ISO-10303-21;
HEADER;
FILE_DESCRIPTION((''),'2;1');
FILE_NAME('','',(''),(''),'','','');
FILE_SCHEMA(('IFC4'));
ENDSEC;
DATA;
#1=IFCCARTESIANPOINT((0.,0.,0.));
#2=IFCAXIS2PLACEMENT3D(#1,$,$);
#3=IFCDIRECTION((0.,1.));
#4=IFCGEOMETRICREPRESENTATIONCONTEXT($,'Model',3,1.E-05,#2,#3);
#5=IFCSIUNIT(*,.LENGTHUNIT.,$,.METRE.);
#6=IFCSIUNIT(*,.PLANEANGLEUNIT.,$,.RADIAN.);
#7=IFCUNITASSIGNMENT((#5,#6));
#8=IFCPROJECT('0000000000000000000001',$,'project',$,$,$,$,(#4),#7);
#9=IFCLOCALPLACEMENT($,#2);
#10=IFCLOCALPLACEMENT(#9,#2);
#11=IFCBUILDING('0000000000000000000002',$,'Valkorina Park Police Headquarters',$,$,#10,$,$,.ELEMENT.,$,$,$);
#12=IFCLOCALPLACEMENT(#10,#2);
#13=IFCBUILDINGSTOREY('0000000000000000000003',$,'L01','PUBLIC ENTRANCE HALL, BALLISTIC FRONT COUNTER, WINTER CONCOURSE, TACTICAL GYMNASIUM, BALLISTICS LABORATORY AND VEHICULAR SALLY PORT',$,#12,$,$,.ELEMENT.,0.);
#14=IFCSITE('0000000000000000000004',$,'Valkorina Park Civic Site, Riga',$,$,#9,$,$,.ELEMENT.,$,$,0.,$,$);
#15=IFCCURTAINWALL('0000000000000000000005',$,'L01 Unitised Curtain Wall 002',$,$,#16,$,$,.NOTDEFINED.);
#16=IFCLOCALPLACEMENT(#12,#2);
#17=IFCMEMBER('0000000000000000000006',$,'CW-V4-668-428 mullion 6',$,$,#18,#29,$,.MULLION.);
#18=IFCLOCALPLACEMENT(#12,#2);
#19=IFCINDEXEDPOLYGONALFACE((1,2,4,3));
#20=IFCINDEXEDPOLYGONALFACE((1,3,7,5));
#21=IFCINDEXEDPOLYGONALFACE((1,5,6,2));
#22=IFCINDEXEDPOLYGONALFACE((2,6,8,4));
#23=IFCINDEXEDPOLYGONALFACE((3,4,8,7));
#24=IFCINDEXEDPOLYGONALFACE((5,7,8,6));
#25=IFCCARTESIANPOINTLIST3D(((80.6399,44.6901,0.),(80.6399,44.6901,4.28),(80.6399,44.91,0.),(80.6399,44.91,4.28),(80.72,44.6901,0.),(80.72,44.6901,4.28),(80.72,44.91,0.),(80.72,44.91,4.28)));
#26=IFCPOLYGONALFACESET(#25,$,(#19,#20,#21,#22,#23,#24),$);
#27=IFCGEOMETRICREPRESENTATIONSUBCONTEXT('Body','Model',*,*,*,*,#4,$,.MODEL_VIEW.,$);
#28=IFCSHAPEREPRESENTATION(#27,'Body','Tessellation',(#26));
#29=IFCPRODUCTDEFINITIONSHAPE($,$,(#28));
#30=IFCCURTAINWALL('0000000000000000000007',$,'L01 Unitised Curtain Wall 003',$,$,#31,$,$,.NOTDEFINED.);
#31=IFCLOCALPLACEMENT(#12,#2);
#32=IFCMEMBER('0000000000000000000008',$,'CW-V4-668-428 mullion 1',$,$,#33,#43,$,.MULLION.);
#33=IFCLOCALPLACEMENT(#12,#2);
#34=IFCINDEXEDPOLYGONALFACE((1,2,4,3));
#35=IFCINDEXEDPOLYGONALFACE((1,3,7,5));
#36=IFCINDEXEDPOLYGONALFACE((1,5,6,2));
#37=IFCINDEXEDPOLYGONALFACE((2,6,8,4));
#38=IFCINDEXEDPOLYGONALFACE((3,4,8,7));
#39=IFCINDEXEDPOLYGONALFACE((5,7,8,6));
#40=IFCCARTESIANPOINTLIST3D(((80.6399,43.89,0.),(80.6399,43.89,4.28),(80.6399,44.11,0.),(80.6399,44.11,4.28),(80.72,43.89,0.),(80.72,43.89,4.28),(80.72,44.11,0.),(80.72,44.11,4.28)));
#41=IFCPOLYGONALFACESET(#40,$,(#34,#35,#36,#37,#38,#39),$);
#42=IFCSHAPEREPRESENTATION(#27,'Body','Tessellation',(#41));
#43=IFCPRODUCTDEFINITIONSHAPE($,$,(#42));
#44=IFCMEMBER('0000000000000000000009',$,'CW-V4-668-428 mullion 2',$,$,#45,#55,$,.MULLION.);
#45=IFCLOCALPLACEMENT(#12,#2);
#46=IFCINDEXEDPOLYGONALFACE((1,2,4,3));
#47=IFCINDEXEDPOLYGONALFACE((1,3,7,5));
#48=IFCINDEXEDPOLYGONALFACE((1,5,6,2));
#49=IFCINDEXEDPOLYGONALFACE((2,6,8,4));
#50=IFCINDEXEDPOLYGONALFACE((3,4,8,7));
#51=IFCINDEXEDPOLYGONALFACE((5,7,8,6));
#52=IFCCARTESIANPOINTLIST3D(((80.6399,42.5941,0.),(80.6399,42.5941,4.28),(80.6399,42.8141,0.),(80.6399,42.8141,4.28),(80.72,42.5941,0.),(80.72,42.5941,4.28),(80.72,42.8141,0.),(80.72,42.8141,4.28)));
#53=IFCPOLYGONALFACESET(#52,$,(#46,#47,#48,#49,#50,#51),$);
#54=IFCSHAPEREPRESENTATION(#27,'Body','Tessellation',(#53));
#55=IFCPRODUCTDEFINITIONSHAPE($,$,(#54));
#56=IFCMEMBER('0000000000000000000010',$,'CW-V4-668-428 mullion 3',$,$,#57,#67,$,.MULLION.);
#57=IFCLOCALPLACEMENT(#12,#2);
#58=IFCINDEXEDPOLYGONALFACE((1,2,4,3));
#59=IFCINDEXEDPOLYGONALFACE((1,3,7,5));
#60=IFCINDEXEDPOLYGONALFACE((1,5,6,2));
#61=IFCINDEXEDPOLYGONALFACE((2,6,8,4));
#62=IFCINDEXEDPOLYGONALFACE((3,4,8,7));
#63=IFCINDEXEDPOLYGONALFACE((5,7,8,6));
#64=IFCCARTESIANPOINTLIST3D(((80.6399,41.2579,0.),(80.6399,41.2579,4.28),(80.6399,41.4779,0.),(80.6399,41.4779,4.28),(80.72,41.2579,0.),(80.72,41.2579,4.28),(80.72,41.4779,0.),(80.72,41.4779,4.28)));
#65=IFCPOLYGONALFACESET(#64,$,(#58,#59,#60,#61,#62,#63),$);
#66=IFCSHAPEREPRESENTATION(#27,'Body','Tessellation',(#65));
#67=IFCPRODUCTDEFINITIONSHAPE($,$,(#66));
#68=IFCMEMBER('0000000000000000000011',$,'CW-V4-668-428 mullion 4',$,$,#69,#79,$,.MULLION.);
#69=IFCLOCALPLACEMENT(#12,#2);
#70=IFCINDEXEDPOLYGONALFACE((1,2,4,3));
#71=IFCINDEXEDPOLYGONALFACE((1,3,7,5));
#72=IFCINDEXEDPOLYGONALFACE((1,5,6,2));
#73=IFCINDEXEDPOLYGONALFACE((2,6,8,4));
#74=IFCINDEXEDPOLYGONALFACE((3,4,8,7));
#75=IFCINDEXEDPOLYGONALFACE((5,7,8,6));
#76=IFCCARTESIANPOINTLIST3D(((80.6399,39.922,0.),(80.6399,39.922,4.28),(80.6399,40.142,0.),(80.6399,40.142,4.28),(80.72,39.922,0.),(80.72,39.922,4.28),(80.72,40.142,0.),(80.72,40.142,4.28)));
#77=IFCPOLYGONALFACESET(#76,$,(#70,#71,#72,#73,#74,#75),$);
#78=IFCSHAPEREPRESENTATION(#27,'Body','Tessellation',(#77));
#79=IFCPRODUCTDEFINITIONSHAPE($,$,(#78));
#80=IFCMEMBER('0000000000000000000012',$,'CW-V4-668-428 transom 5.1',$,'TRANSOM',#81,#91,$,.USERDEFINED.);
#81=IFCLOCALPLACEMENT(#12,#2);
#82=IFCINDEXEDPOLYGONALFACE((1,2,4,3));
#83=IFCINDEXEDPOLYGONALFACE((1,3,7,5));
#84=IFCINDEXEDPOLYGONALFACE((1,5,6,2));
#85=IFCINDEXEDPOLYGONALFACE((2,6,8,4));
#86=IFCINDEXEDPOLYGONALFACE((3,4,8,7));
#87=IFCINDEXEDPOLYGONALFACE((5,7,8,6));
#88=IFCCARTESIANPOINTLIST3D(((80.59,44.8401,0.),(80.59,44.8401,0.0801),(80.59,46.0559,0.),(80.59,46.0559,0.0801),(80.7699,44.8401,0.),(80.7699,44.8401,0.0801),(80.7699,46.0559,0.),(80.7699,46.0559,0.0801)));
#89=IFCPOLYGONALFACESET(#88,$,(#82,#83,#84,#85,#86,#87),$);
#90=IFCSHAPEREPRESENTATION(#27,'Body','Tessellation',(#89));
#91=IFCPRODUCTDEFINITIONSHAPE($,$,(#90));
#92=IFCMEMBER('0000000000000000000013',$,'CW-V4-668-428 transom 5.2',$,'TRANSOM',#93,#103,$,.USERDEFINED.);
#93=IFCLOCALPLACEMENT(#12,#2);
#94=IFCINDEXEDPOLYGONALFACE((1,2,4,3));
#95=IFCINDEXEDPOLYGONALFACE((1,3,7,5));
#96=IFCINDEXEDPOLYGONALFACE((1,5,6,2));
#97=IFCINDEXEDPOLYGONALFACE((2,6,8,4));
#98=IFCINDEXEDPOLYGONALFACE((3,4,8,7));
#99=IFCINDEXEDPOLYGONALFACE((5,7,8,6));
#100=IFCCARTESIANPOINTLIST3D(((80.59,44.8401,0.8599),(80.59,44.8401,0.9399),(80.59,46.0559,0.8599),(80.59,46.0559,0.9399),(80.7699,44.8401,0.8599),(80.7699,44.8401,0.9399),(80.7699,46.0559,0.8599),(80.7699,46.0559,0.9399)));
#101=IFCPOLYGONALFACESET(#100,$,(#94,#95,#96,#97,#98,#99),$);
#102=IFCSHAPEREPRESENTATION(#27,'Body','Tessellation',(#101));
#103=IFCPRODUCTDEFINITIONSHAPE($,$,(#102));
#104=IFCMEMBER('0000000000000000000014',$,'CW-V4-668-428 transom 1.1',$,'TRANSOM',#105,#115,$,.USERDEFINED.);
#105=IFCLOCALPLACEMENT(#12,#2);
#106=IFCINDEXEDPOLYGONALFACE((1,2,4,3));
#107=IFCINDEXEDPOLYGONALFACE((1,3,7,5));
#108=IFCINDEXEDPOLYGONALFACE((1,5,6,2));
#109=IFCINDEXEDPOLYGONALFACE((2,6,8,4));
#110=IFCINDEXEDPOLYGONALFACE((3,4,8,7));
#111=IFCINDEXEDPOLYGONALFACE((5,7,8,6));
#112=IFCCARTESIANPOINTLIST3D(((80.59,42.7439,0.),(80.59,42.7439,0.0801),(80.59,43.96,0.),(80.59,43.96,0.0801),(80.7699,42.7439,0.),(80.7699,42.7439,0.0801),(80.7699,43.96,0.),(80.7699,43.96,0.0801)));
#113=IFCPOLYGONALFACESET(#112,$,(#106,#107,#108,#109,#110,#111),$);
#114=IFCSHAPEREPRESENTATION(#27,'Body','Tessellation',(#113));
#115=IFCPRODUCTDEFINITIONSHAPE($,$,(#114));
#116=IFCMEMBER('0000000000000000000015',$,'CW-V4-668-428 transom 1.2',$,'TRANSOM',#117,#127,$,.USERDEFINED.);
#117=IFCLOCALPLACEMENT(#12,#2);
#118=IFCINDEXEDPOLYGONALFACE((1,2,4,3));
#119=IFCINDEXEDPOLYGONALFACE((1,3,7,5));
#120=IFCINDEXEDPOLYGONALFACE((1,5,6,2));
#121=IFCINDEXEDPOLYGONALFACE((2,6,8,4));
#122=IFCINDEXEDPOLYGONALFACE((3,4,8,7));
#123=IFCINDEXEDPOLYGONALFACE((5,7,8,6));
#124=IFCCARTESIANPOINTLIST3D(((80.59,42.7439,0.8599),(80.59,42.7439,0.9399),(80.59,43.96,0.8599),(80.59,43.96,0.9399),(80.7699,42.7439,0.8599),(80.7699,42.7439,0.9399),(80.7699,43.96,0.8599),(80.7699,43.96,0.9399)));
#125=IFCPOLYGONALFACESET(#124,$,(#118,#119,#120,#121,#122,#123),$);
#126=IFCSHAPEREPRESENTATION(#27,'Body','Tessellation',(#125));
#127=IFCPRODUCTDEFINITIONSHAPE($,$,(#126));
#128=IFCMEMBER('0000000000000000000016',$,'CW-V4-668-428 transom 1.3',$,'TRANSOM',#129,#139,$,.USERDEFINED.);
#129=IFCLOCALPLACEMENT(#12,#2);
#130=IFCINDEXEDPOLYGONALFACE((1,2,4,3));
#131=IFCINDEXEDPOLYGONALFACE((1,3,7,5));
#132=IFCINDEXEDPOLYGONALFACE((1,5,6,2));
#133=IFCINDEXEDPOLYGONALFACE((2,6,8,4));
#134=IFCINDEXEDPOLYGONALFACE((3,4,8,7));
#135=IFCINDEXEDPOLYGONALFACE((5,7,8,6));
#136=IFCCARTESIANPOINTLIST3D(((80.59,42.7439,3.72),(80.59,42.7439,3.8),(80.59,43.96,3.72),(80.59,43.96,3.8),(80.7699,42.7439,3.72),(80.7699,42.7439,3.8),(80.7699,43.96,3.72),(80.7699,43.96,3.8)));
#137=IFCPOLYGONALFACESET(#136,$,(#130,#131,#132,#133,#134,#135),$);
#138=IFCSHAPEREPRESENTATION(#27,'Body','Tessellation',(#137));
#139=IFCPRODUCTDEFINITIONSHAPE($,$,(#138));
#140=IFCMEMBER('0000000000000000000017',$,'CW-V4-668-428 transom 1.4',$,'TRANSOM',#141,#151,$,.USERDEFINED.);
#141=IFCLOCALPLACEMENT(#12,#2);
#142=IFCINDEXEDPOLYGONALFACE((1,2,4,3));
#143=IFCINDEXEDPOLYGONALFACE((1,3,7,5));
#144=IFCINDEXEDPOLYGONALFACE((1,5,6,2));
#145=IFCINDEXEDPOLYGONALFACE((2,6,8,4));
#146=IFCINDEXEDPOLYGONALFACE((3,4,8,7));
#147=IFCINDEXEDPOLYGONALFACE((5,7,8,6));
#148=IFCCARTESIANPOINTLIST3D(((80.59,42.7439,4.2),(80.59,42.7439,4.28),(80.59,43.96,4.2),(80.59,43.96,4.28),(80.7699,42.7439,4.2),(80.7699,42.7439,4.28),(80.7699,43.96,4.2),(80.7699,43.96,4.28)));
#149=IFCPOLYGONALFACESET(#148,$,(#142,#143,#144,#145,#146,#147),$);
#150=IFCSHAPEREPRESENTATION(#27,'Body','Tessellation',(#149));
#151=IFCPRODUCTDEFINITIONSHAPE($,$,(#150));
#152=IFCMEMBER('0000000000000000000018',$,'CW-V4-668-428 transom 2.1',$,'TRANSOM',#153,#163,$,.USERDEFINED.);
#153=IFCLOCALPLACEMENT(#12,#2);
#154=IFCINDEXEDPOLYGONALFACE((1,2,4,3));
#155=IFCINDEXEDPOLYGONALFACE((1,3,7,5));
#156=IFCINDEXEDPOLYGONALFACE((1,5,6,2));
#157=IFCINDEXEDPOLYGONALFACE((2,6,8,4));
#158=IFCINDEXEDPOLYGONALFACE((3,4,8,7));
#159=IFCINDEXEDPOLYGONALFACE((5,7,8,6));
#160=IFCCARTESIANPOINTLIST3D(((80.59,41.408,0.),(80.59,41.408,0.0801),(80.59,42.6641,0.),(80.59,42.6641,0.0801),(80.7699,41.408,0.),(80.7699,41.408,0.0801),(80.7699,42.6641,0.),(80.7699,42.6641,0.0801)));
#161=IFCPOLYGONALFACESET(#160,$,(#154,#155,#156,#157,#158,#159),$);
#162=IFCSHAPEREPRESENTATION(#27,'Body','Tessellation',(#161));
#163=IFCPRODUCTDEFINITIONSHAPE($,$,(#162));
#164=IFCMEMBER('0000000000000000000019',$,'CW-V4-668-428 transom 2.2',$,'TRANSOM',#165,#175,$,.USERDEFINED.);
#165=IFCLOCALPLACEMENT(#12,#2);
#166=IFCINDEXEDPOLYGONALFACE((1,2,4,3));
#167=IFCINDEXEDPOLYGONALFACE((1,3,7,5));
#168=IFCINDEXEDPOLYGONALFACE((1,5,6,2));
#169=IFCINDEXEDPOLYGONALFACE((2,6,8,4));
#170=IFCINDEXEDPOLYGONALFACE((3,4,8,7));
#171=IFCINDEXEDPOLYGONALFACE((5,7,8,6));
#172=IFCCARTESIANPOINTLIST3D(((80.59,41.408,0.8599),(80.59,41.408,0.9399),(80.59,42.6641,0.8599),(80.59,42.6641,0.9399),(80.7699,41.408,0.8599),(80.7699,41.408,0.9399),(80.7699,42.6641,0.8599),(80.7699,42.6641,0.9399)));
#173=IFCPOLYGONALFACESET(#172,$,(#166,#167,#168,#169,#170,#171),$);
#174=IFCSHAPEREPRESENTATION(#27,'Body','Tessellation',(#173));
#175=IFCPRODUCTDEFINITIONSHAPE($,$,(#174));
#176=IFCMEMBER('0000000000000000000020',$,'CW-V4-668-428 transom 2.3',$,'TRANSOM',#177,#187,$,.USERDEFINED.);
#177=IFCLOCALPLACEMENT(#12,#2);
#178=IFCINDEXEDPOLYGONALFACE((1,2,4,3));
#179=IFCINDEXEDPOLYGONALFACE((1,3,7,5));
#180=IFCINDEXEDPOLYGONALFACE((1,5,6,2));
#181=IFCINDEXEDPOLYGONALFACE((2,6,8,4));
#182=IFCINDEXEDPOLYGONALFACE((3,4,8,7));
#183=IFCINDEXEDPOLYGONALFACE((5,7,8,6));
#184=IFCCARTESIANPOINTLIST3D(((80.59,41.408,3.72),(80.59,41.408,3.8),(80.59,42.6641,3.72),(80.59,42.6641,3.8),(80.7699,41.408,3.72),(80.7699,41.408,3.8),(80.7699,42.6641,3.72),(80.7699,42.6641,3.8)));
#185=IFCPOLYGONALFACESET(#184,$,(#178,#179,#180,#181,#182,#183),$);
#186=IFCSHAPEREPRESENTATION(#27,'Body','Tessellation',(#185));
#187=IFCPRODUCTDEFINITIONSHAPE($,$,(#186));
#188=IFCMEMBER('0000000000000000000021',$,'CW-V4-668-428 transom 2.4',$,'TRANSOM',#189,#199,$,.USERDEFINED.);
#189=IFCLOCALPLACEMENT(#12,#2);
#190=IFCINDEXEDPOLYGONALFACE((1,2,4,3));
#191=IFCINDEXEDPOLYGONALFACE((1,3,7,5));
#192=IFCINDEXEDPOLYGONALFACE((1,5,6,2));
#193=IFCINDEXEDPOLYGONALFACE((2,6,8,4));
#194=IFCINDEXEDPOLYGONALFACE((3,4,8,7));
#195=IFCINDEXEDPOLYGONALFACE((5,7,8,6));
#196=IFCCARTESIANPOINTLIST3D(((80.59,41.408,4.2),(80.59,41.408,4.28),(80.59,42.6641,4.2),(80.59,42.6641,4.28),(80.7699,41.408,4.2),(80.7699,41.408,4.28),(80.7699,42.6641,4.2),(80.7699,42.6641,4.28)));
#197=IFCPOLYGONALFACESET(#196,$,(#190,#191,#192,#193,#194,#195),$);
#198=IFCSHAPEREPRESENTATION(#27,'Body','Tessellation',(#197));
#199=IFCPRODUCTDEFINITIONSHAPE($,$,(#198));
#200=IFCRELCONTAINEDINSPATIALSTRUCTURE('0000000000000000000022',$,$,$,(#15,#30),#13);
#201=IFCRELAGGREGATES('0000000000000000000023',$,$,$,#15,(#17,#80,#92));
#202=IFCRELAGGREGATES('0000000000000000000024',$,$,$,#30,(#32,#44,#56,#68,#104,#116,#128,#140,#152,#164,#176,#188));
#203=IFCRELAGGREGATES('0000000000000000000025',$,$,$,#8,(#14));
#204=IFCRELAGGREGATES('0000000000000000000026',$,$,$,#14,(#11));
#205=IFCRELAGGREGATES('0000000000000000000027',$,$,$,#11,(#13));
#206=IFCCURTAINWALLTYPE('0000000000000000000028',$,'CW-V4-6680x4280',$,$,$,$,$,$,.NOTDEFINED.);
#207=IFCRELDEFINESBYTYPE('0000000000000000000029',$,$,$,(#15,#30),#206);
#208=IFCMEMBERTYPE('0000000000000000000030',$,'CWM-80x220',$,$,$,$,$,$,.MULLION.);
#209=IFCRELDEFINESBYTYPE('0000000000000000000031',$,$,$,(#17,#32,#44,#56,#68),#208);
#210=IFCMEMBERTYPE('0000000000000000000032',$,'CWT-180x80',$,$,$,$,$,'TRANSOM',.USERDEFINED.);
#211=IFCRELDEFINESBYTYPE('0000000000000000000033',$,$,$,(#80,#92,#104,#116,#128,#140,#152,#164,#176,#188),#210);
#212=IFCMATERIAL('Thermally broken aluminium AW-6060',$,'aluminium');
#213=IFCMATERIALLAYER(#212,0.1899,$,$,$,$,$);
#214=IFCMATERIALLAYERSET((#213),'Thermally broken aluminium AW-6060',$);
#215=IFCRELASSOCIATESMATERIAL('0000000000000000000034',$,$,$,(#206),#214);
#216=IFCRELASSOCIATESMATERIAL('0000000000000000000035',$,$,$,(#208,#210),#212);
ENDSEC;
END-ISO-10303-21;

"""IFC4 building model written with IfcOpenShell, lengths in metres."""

from ifc_helpers import new_model, si_unit, direction, frame, origin, origin_2d, place, context, subcontext, project, spatial, rectangle, extrude, material, layer, layer_set, material_profile, profile_set, type_object, element, aggregate, save


model = new_model("IFC4")

# Units and contexts
model_context = context("Model", 3, precision=1e-05, world=origin(), true_north=direction((0.0, 1.0)))
body_context = subcontext(model_context, "Body", "Model", "MODEL_VIEW")
ifc_project = project(units=[si_unit("LENGTHUNIT", "METRE"), si_unit("PLANEANGLEUNIT", "RADIAN")], contexts=[model_context])

# Site, building, storey
site_placement = place(None, origin())
site = spatial("IfcSite", under=ifc_project, at=site_placement, Name="Valkorina Park Civic Site, Riga", CompositionType="ELEMENT", RefElevation=0.0)
building_placement = place(site_placement, origin())
building = spatial("IfcBuilding", under=site, at=building_placement, Name="Valkorina Park Police Headquarters", CompositionType="ELEMENT")
storey_placement = place(building_placement, origin())
storey = spatial("IfcBuildingStorey", under=building, at=storey_placement, Name="L01", Description="PUBLIC ENTRANCE HALL, BALLISTIC FRONT COUNTER, WINTER CONCOURSE, TACTICAL GYMNASIUM, BALLISTICS LABORATORY AND VEHICULAR SALLY PORT", CompositionType="ELEMENT", Elevation=0.0)

# Curtain wall, member
ifc_material_1 = material(Name="Thermally broken aluminium AW-6060", Category="aluminium")
ifc_layer_1 = layer(ifc_material_1, 0.1899)
ifc_layer_set_1 = layer_set([ifc_layer_1], Name="Thermally broken aluminium AW-6060")
curtain_wall_type = type_object("IfcCurtainWallType", Name="CW-V4-6680x4280", PredefinedType="NOTDEFINED", material=ifc_layer_set_1)
curtain_wall_1_placement = place(storey_placement, origin())
curtain_wall_1 = element("IfcCurtainWall", 1, at=curtain_wall_1_placement, inside=storey, type_object=curtain_wall_type, Name="L01 Unitised Curtain Wall 002", PredefinedType="NOTDEFINED")
ifc_material_profile_1 = material_profile(ifc_material_1, rectangle(XDim=0.0801, YDim=0.22, at=origin_2d()), Name="CWM-03 80x220")
ifc_profile_set_1 = profile_set([ifc_material_profile_1], Name="Thermally broken aluminium AW-6060")
member_type_1 = type_object("IfcMemberType", Name="CWM-80x220", PredefinedType="MULLION", material=ifc_profile_set_1)
member_1_placement = place(storey_placement, frame((80.6799, 44.8, 0.0), z_axis=(0.0, 0.0, 1.0), x_axis=(1.0, 0.0, 0.0)))
member_1 = element("IfcMember", 2, at=member_1_placement, type_object=member_type_1, Name="CW-V4-668-428 mullion 6", PredefinedType="MULLION", context=body_context, shape_type="SweptSolid", body=[
    extrude(rectangle(XDim=0.0801, YDim=0.22, at=origin_2d()), origin(), (0.0, 0.0, 1.0), 4.28),
])

# Curtain wall, members
curtain_wall_2_placement = place(storey_placement, origin())
curtain_wall_2 = element("IfcCurtainWall", 3, at=curtain_wall_2_placement, inside=storey, type_object=curtain_wall_type, Name="L01 Unitised Curtain Wall 003", PredefinedType="NOTDEFINED")
member_2_placement = place(storey_placement, frame((80.6799, 44.0, 0.0), z_axis=(0.0, 0.0, 1.0), x_axis=(1.0, 0.0, 0.0)))
member_2 = element("IfcMember", 4, at=member_2_placement, type_object=member_type_1, Name="CW-V4-668-428 mullion 1", PredefinedType="MULLION", context=body_context, shape_type="SweptSolid", body=[
    extrude(rectangle(XDim=0.0801, YDim=0.22, at=origin_2d()), origin(), (0.0, 0.0, 1.0), 4.28),
])
member_3_placement = place(storey_placement, frame((80.6799, 42.7041, 0.0), z_axis=(0.0, 0.0, 1.0), x_axis=(1.0, 0.0, 0.0)))
member_3 = element("IfcMember", 5, at=member_3_placement, type_object=member_type_1, Name="CW-V4-668-428 mullion 2", PredefinedType="MULLION", context=body_context, shape_type="SweptSolid", body=[
    extrude(rectangle(XDim=0.0801, YDim=0.22, at=origin_2d()), origin(), (0.0, 0.0, 1.0), 4.28),
])
member_4_placement = place(storey_placement, frame((80.6799, 41.3679, 0.0), z_axis=(0.0, 0.0, 1.0), x_axis=(1.0, 0.0, 0.0)))
member_4 = element("IfcMember", 6, at=member_4_placement, type_object=member_type_1, Name="CW-V4-668-428 mullion 3", PredefinedType="MULLION", context=body_context, shape_type="SweptSolid", body=[
    extrude(rectangle(XDim=0.0801, YDim=0.22, at=origin_2d()), origin(), (0.0, 0.0, 1.0), 4.28),
])
member_5_placement = place(storey_placement, frame((80.6799, 40.032, 0.0), z_axis=(0.0, 0.0, 1.0), x_axis=(1.0, 0.0, 0.0)))
member_5 = element("IfcMember", 7, at=member_5_placement, type_object=member_type_1, Name="CW-V4-668-428 mullion 4", PredefinedType="MULLION", context=body_context, shape_type="SweptSolid", body=[
    extrude(rectangle(XDim=0.0801, YDim=0.22, at=origin_2d()), origin(), (0.0, 0.0, 1.0), 4.28),
])

# Members
ifc_material_profile_2 = material_profile(ifc_material_1, rectangle(XDim=0.1799, YDim=0.0801, at=origin_2d()), Name="CWT-03 180x80")
ifc_profile_set_2 = profile_set([ifc_material_profile_2], Name="Thermally broken aluminium AW-6060")
member_type_2 = type_object("IfcMemberType", Name="CWT-180x80", ElementType="TRANSOM", PredefinedType="USERDEFINED", material=ifc_profile_set_2)
member_6_placement = place(storey_placement, frame((80.6799, 46.0559, 0.04), z_axis=(0.0, -1.0, 0.0), x_axis=(1.0, 0.0, 0.0)))
member_6 = element("IfcMember", 8, at=member_6_placement, type_object=member_type_2, Name="CW-V4-668-428 transom 5.1", ObjectType="TRANSOM", PredefinedType="USERDEFINED", context=body_context, shape_type="SweptSolid", body=[
    extrude(rectangle(XDim=0.1799, YDim=0.0801, at=origin_2d()), origin(), (0.0, 0.0, 1.0), 1.2158),
])
member_7_placement = place(storey_placement, frame((80.6799, 46.0559, 0.8999), z_axis=(0.0, -1.0, 0.0), x_axis=(1.0, 0.0, 0.0)))
member_7 = element("IfcMember", 9, at=member_7_placement, type_object=member_type_2, Name="CW-V4-668-428 transom 5.2", ObjectType="TRANSOM", PredefinedType="USERDEFINED", context=body_context, shape_type="SweptSolid", body=[
    extrude(rectangle(XDim=0.1799, YDim=0.0801, at=origin_2d()), origin(), (0.0, 0.0, 1.0), 1.2158),
])
member_8_placement = place(storey_placement, frame((80.6799, 43.96, 0.04), z_axis=(0.0, -1.0, 0.0), x_axis=(1.0, 0.0, 0.0)))
member_8 = element("IfcMember", 10, at=member_8_placement, type_object=member_type_2, Name="CW-V4-668-428 transom 1.1", ObjectType="TRANSOM", PredefinedType="USERDEFINED", context=body_context, shape_type="SweptSolid", body=[
    extrude(rectangle(XDim=0.1799, YDim=0.0801, at=origin_2d()), origin(), (0.0, 0.0, 1.0), 1.2161),
])
member_9_placement = place(storey_placement, frame((80.6799, 43.96, 0.8999), z_axis=(0.0, -1.0, 0.0), x_axis=(1.0, 0.0, 0.0)))
member_9 = element("IfcMember", 11, at=member_9_placement, type_object=member_type_2, Name="CW-V4-668-428 transom 1.2", ObjectType="TRANSOM", PredefinedType="USERDEFINED", context=body_context, shape_type="SweptSolid", body=[
    extrude(rectangle(XDim=0.1799, YDim=0.0801, at=origin_2d()), origin(), (0.0, 0.0, 1.0), 1.2161),
])
member_10_placement = place(storey_placement, frame((80.6799, 43.96, 3.76), z_axis=(0.0, -1.0, 0.0), x_axis=(1.0, 0.0, 0.0)))
member_10 = element("IfcMember", 12, at=member_10_placement, type_object=member_type_2, Name="CW-V4-668-428 transom 1.3", ObjectType="TRANSOM", PredefinedType="USERDEFINED", context=body_context, shape_type="SweptSolid", body=[
    extrude(rectangle(XDim=0.1799, YDim=0.0801, at=origin_2d()), origin(), (0.0, 0.0, 1.0), 1.2161),
])
member_11_placement = place(storey_placement, frame((80.6799, 43.96, 4.24), z_axis=(0.0, -1.0, 0.0), x_axis=(1.0, 0.0, 0.0)))
member_11 = element("IfcMember", 13, at=member_11_placement, type_object=member_type_2, Name="CW-V4-668-428 transom 1.4", ObjectType="TRANSOM", PredefinedType="USERDEFINED", context=body_context, shape_type="SweptSolid", body=[
    extrude(rectangle(XDim=0.1799, YDim=0.0801, at=origin_2d()), origin(), (0.0, 0.0, 1.0), 1.2161),
])
member_12_placement = place(storey_placement, frame((80.6799, 42.6641, 0.04), z_axis=(0.0, -1.0, 0.0), x_axis=(1.0, 0.0, 0.0)))
member_12 = element("IfcMember", 14, at=member_12_placement, type_object=member_type_2, Name="CW-V4-668-428 transom 2.1", ObjectType="TRANSOM", PredefinedType="USERDEFINED", context=body_context, shape_type="SweptSolid", body=[
    extrude(rectangle(XDim=0.1799, YDim=0.0801, at=origin_2d()), origin(), (0.0, 0.0, 1.0), 1.2561),
])
member_13_placement = place(storey_placement, frame((80.6799, 42.6641, 0.8999), z_axis=(0.0, -1.0, 0.0), x_axis=(1.0, 0.0, 0.0)))
member_13 = element("IfcMember", 15, at=member_13_placement, type_object=member_type_2, Name="CW-V4-668-428 transom 2.2", ObjectType="TRANSOM", PredefinedType="USERDEFINED", context=body_context, shape_type="SweptSolid", body=[
    extrude(rectangle(XDim=0.1799, YDim=0.0801, at=origin_2d()), origin(), (0.0, 0.0, 1.0), 1.2561),
])
member_14_placement = place(storey_placement, frame((80.6799, 42.6641, 3.76), z_axis=(0.0, -1.0, 0.0), x_axis=(1.0, 0.0, 0.0)))
member_14 = element("IfcMember", 16, at=member_14_placement, type_object=member_type_2, Name="CW-V4-668-428 transom 2.3", ObjectType="TRANSOM", PredefinedType="USERDEFINED", context=body_context, shape_type="SweptSolid", body=[
    extrude(rectangle(XDim=0.1799, YDim=0.0801, at=origin_2d()), origin(), (0.0, 0.0, 1.0), 1.2561),
])
member_15_placement = place(storey_placement, frame((80.6799, 42.6641, 4.24), z_axis=(0.0, -1.0, 0.0), x_axis=(1.0, 0.0, 0.0)))
member_15 = element("IfcMember", 17, at=member_15_placement, type_object=member_type_2, Name="CW-V4-668-428 transom 2.4", ObjectType="TRANSOM", PredefinedType="USERDEFINED", context=body_context, shape_type="SweptSolid", body=[
    extrude(rectangle(XDim=0.1799, YDim=0.0801, at=origin_2d()), origin(), (0.0, 0.0, 1.0), 1.2561),
])

aggregate(curtain_wall_1, [member_1, member_6, member_7])
aggregate(curtain_wall_2, [member_2, member_3, member_4, member_5, member_8, member_9, member_10, member_11, member_12, member_13, member_14, member_15])

save(model, "model.ifc")
